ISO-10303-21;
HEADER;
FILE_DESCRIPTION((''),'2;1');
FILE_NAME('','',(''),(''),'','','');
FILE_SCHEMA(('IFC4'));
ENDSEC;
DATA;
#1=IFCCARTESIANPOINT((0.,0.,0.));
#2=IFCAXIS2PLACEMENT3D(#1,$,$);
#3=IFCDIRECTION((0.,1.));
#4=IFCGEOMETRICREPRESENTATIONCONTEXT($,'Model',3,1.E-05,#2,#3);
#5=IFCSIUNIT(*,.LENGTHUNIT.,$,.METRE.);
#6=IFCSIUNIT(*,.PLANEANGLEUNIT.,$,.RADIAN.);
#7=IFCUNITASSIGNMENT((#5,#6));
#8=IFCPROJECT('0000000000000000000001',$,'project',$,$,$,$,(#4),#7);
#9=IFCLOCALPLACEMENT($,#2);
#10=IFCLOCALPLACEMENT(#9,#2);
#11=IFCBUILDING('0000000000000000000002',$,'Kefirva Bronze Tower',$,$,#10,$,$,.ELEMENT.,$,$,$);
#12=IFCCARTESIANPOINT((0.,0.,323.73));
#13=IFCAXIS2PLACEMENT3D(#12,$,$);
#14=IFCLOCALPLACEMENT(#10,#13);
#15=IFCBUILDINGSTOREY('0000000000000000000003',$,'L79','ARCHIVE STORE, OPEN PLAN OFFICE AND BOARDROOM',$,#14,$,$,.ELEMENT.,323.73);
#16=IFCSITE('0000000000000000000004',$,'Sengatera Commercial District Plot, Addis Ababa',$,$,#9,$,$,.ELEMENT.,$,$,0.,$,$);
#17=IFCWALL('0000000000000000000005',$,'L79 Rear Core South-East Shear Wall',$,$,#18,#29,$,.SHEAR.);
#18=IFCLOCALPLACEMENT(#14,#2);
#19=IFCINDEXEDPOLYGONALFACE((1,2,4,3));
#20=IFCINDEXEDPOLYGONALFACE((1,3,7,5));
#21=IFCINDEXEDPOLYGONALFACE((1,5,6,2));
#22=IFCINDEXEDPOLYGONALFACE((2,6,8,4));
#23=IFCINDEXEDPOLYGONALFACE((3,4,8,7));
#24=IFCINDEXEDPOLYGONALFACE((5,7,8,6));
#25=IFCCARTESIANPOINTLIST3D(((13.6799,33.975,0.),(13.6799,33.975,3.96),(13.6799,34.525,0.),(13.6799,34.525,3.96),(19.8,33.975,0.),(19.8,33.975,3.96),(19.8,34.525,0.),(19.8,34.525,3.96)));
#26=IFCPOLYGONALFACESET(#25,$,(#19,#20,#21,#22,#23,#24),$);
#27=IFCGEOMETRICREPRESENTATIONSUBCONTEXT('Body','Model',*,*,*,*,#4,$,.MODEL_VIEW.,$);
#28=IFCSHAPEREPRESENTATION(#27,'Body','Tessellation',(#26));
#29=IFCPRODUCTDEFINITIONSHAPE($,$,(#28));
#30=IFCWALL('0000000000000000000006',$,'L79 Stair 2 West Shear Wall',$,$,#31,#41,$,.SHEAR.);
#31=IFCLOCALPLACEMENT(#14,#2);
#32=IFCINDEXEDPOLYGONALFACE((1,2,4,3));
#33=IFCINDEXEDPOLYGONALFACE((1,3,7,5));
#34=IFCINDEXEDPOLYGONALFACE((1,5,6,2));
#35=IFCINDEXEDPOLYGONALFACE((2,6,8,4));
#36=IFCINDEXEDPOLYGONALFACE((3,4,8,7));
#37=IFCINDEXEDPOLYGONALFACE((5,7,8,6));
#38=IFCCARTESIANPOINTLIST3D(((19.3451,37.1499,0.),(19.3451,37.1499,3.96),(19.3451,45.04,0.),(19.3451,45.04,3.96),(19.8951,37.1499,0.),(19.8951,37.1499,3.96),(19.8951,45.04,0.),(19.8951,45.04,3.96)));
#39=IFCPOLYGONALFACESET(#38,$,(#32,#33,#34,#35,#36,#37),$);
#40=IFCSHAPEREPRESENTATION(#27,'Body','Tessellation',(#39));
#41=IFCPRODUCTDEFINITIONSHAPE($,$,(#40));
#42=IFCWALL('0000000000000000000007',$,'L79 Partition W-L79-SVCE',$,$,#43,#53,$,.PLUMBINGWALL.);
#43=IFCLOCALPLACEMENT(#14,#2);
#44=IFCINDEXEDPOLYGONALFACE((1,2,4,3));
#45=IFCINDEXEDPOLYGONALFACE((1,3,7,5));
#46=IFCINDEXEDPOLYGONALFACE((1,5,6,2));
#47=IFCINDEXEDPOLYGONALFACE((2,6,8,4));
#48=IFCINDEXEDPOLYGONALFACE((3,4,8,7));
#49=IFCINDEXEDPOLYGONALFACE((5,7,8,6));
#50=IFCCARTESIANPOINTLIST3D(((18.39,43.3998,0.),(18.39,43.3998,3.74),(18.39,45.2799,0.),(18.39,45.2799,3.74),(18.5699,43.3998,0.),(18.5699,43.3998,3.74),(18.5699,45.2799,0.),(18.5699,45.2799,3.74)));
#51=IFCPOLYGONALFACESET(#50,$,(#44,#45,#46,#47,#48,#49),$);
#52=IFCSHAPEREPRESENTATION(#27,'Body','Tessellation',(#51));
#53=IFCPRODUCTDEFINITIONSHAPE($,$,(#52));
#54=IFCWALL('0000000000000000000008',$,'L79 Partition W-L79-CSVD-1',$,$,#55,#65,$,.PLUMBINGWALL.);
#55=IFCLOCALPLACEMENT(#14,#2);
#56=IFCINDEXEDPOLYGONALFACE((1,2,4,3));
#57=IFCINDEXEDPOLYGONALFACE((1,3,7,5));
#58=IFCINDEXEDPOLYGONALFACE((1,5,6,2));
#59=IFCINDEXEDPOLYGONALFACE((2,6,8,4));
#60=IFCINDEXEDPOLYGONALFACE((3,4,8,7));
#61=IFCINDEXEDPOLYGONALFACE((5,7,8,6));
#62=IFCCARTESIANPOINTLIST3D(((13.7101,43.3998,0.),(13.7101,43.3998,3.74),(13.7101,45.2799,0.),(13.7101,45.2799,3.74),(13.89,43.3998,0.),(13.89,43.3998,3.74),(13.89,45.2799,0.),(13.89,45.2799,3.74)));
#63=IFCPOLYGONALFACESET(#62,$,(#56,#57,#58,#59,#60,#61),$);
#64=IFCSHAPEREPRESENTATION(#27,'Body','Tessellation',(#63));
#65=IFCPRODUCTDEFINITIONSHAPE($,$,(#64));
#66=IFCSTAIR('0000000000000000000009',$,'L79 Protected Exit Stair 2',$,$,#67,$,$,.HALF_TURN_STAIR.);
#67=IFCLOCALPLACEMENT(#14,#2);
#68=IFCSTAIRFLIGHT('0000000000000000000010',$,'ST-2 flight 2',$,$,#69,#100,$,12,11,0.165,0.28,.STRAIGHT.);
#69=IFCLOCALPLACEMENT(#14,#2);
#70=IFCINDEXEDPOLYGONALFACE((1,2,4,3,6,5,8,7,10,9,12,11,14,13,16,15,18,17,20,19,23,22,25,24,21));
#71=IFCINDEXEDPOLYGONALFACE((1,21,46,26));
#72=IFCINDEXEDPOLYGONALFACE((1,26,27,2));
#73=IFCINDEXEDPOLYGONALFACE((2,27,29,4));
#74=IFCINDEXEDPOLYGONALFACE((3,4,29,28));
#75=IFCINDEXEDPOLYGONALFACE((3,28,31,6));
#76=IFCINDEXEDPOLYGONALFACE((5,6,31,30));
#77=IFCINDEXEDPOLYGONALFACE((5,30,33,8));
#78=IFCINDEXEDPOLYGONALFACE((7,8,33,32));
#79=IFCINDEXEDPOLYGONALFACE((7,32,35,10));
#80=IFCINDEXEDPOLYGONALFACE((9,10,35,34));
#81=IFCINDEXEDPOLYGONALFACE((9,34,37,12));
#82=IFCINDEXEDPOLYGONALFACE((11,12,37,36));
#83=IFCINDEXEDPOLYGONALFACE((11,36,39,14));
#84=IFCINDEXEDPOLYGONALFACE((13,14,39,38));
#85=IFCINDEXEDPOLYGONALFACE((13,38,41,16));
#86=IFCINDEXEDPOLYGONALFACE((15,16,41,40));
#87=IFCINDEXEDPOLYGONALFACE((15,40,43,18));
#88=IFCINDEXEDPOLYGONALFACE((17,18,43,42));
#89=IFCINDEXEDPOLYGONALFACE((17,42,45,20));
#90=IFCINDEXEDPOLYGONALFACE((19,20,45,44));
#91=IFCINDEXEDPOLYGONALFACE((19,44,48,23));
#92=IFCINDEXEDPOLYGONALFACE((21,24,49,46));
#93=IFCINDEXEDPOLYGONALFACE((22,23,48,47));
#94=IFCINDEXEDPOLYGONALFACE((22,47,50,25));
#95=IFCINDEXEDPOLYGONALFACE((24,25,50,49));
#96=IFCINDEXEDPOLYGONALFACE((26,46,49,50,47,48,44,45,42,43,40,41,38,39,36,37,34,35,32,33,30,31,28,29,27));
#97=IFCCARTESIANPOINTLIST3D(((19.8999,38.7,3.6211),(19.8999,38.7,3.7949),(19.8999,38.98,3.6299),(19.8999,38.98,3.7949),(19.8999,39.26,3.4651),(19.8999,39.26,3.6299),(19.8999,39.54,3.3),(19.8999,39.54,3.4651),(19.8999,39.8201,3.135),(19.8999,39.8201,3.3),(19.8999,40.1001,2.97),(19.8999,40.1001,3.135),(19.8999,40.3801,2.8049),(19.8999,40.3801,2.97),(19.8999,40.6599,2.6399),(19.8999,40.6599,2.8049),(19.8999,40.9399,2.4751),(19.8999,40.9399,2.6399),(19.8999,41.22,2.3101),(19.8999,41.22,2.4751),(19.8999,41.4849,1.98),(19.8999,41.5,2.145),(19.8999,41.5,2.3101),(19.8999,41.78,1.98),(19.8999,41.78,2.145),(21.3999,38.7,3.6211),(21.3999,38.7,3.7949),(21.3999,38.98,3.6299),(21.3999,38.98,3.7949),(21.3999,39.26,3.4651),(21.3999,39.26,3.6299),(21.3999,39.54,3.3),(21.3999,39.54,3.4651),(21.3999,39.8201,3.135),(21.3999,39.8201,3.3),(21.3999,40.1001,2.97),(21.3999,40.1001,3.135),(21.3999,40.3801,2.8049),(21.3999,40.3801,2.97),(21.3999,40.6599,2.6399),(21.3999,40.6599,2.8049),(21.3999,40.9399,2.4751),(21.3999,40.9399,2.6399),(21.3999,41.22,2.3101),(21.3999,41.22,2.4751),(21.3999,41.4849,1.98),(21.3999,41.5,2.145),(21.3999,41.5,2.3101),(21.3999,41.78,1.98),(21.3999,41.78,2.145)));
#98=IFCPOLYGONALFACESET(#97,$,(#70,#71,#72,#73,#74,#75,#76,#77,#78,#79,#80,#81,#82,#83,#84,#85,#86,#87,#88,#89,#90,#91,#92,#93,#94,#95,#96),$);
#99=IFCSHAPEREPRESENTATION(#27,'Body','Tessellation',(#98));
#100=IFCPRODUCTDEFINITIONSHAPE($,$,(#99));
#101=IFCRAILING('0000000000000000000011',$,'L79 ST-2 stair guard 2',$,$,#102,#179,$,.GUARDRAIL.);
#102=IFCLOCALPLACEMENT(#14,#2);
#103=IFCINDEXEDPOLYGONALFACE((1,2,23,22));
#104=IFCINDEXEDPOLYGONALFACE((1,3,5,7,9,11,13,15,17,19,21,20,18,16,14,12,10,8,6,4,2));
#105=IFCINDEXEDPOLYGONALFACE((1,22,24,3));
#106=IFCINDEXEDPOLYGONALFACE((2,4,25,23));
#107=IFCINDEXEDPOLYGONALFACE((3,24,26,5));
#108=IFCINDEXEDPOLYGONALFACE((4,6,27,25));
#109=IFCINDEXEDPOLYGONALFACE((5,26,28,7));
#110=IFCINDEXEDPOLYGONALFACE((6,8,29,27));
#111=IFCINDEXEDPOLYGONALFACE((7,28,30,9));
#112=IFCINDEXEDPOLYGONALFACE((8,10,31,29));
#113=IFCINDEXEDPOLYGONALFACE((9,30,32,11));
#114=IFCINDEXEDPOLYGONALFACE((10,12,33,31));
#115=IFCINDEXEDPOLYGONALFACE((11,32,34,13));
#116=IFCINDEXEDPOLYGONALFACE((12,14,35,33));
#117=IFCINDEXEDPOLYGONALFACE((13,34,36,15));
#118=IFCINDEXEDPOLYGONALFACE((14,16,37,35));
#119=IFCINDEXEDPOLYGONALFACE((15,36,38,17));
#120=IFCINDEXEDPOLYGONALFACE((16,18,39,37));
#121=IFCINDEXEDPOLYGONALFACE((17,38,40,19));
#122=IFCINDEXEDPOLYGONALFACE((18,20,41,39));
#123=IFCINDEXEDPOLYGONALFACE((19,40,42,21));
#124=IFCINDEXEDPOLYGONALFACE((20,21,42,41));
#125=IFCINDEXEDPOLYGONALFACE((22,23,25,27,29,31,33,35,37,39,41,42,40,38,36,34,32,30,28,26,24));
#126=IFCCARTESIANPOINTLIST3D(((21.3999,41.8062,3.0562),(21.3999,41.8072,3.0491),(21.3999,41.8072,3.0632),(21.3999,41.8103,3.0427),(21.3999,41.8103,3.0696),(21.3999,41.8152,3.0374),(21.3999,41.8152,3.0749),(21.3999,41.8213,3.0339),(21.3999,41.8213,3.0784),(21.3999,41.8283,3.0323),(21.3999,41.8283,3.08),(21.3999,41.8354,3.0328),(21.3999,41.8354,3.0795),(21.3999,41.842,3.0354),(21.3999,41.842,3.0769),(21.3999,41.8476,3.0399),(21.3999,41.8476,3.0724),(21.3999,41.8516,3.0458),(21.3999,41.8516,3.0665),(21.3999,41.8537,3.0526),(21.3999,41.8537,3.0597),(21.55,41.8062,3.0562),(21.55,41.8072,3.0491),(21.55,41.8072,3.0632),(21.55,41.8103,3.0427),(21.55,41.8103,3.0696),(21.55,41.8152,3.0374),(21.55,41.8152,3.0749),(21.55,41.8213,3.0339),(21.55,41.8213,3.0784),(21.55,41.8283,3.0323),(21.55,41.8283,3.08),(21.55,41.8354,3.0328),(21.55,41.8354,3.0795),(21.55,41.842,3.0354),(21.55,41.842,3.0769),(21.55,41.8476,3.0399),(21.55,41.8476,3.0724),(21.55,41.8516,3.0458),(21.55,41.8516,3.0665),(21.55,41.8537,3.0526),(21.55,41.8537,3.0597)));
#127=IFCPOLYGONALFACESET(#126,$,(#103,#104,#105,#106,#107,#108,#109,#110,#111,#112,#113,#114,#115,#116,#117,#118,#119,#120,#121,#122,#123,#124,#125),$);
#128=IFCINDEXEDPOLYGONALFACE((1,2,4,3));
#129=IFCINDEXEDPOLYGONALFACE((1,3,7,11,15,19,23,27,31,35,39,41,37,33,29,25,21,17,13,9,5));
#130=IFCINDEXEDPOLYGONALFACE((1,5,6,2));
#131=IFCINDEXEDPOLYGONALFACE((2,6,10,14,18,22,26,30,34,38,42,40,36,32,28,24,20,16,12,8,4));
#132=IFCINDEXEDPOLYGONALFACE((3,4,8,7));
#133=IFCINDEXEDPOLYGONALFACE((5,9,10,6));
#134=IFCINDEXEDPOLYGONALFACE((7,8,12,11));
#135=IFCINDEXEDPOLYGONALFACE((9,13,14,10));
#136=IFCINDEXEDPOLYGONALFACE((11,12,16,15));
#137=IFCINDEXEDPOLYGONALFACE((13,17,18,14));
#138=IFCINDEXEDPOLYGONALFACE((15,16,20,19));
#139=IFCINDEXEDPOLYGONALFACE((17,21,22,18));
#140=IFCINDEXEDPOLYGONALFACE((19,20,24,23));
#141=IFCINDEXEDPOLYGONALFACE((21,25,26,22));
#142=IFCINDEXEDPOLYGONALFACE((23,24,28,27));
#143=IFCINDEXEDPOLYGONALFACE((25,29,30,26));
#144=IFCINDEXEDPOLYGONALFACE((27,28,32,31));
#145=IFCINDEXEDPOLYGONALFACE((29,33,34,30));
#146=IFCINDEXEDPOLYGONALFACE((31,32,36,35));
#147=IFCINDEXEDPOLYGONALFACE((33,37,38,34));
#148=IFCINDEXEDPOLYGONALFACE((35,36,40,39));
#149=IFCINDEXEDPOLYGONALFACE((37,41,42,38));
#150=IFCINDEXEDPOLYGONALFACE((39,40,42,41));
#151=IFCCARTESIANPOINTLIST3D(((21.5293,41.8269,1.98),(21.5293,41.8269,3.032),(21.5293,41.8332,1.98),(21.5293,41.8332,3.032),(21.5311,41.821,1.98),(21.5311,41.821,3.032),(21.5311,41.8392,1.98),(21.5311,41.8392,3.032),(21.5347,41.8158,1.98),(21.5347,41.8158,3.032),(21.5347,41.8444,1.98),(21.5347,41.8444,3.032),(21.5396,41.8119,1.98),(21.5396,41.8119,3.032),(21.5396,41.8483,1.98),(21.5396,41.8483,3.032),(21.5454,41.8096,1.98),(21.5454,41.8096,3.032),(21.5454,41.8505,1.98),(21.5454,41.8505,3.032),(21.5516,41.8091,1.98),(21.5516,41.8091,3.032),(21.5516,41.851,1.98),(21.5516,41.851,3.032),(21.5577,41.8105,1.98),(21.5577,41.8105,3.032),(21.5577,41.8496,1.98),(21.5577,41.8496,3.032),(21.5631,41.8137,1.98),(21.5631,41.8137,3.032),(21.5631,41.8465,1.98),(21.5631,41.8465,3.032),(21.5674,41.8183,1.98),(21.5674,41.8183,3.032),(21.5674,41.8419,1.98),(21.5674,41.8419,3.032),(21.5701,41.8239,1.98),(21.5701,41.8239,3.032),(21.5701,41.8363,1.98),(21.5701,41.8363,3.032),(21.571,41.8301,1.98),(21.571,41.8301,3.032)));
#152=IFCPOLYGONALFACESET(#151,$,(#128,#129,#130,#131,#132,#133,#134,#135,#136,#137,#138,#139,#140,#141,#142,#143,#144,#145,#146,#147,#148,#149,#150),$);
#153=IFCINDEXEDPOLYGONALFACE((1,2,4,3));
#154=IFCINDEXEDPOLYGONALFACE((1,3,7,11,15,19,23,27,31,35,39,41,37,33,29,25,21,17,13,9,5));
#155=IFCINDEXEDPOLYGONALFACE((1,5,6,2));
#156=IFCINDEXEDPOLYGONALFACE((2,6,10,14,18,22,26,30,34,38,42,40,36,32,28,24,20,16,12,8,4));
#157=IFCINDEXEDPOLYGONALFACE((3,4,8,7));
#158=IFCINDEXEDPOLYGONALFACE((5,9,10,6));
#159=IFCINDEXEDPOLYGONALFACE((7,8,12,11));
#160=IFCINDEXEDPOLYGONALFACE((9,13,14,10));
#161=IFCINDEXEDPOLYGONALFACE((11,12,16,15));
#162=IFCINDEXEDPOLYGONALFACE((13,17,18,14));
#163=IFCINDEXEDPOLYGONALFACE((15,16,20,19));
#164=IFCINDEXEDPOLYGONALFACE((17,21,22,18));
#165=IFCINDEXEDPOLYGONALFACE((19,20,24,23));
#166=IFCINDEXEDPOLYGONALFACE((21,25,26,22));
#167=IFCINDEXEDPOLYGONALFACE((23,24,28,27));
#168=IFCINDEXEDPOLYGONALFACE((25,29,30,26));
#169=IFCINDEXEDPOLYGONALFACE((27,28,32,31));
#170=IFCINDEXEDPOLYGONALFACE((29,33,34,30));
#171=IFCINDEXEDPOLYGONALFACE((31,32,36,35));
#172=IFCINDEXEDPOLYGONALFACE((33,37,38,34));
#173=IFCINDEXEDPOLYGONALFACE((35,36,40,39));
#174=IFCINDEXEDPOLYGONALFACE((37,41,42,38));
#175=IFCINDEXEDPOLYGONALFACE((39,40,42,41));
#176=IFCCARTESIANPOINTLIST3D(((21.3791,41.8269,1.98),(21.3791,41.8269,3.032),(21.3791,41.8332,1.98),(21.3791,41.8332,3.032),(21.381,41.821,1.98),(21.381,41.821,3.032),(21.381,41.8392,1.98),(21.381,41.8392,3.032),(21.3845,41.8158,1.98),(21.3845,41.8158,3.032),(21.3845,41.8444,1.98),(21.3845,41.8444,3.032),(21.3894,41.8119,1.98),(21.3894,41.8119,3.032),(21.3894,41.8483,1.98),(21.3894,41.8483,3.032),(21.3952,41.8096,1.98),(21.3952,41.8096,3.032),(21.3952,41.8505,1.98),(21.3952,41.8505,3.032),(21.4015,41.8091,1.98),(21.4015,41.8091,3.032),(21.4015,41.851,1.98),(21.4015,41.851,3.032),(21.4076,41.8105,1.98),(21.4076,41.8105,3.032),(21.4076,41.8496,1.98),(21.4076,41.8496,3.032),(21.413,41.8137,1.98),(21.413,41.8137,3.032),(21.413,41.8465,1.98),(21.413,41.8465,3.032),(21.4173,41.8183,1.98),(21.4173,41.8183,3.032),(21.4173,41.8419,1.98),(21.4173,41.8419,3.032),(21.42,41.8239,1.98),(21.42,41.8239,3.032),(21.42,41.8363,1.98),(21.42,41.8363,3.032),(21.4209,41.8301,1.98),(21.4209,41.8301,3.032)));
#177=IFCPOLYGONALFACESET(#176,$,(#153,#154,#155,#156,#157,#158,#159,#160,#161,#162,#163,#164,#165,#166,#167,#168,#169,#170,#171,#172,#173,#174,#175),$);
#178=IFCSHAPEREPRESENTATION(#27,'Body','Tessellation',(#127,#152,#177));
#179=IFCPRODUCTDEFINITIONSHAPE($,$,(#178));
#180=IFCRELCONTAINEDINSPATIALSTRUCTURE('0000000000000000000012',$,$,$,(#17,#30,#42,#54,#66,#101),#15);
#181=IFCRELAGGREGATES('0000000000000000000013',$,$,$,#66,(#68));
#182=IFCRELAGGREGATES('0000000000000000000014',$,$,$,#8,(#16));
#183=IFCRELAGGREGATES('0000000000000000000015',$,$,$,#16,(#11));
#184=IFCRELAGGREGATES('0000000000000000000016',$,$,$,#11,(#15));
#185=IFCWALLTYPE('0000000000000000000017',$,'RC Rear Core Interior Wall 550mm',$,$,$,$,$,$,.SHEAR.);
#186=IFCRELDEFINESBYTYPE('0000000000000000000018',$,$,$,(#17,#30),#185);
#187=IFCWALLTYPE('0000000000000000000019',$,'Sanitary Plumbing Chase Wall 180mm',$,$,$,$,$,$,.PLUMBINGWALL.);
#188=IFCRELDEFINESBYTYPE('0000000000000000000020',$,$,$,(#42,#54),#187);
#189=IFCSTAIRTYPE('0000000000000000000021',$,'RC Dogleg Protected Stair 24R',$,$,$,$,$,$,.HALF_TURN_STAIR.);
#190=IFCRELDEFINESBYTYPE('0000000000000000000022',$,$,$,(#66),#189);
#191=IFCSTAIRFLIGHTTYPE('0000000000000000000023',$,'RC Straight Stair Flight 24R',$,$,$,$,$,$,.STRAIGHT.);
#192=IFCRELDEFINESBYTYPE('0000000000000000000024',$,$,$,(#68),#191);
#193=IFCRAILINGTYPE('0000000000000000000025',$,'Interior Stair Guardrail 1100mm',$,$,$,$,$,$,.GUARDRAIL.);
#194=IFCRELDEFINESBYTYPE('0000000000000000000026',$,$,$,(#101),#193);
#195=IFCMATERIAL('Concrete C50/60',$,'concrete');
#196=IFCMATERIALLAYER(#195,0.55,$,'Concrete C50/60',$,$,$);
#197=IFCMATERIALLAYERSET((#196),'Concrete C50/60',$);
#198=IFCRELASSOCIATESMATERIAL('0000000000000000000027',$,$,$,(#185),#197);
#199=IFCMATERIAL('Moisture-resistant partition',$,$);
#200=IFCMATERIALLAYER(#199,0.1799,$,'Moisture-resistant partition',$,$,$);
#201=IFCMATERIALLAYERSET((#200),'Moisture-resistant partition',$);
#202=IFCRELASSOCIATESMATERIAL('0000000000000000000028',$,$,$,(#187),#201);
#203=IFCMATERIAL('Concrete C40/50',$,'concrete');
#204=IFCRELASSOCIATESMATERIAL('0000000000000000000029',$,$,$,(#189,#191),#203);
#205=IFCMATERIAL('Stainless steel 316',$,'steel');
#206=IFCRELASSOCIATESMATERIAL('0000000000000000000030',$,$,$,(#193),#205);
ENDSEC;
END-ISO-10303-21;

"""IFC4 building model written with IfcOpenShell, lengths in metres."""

from ifc_helpers import new_model, si_unit, direction, frame, frame_2d, origin, origin_2d, place, context, subcontext, project, spatial, polyline, rectangle, circle, outline, extrude, material, layer, layer_set, type_object, element, aggregate, save


model = new_model("IFC4")

# Units and contexts
model_context = context("Model", 3, precision=1e-05, world=origin(), true_north=direction((0.0, 1.0)))
body_context = subcontext(model_context, "Body", "Model", "MODEL_VIEW")
ifc_project = project(units=[si_unit("LENGTHUNIT", "METRE"), si_unit("PLANEANGLEUNIT", "RADIAN")], contexts=[model_context])

# Site, building, storey
site_placement = place(None, origin())
site = spatial("IfcSite", under=ifc_project, at=site_placement, Name="Sengatera Commercial District Plot, Addis Ababa", CompositionType="ELEMENT", RefElevation=0.0)
building_placement = place(site_placement, origin())
building = spatial("IfcBuilding", under=site, at=building_placement, Name="Kefirva Bronze Tower", CompositionType="ELEMENT")
storey_placement = place(building_placement, frame((0.0, 0.0, 323.73)))
storey = spatial("IfcBuildingStorey", under=building, at=storey_placement, Name="L79", Description="ARCHIVE STORE, OPEN PLAN OFFICE AND BOARDROOM", CompositionType="ELEMENT", Elevation=323.73)

# Shared definitions
ifc_material_1 = material(Name="Concrete C50/60", Category="concrete")

# Shared definitions
ifc_material_2 = material(Name="Stainless steel 316", Category="steel")

# Walls
ifc_layer_1 = layer(ifc_material_1, 0.55, Name="Concrete C50/60")
ifc_layer_set_1 = layer_set([ifc_layer_1], Name="Concrete C50/60")
wall_type_1 = type_object("IfcWallType", Name="RC Rear Core Interior Wall 550mm", PredefinedType="SHEAR", material=ifc_layer_set_1)
wall_1_placement = place(storey_placement, frame((13.6799, 34.25, 0.0), z_axis=(0.0, 0.0, 1.0), x_axis=(1.0, 0.0, 0.0)))
element("IfcWall", 1, at=wall_1_placement, inside=storey, type_object=wall_type_1, Name="L79 Rear Core South-East Shear Wall", PredefinedType="SHEAR", context=body_context, shape_type="SweptSolid", body=[
    extrude(rectangle(XDim=6.1201, YDim=0.55, at=frame_2d((3.0601, 0.0))), origin(), (0.0, 0.0, 1.0), 3.96),
])
wall_2_placement = place(storey_placement, frame((19.6201, 37.1499, 0.0), z_axis=(0.0, 0.0, 1.0), x_axis=(0.0, 1.0, 0.0)))
element("IfcWall", 2, at=wall_2_placement, inside=storey, type_object=wall_type_1, Name="L79 Stair 2 West Shear Wall", PredefinedType="SHEAR", context=body_context, shape_type="SweptSolid", body=[
    extrude(rectangle(XDim=7.8901, YDim=0.55, at=frame_2d((3.9451, 0.0))), origin(), (0.0, 0.0, 1.0), 3.96),
])
ifc_material_3 = material(Name="Moisture-resistant partition")
ifc_layer_2 = layer(ifc_material_3, 0.1799, Name="Moisture-resistant partition")
ifc_layer_set_2 = layer_set([ifc_layer_2], Name="Moisture-resistant partition")
wall_type_2 = type_object("IfcWallType", Name="Sanitary Plumbing Chase Wall 180mm", PredefinedType="PLUMBINGWALL", material=ifc_layer_set_2)
for number, where, z_axis, x_axis, name in (
    (3, (18.48, 43.3999, 0.0), (0.0, 0.0, 1.0), (0.0, 1.0, 0.0), "L79 Partition W-L79-SVCE"),
    (4, (13.8, 43.3999, 0.0), (0.0, 0.0, 1.0), (0.0, 1.0, 0.0), "L79 Partition W-L79-CSVD-1"),
):
    element("IfcWall", number, at=place(storey_placement, frame(where, z_axis=z_axis, x_axis=x_axis)), inside=storey, type_object=wall_type_2, Name=name, PredefinedType="PLUMBINGWALL", context=body_context, shape_type="SweptSolid", body=[
        extrude(rectangle(XDim=1.8801, YDim=0.1799, at=frame_2d((0.9399, 0.0))), origin(), (0.0, 0.0, 1.0), 3.74),
    ])

# Stair, stair flight
ifc_material_4 = material(Name="Concrete C40/50", Category="concrete")
stair_type = type_object("IfcStairType", Name="RC Dogleg Protected Stair 24R", PredefinedType="HALF_TURN_STAIR", material=ifc_material_4)
stair_placement = place(storey_placement, origin())
stair = element("IfcStair", 5, at=stair_placement, inside=storey, type_object=stair_type, Name="L79 Protected Exit Stair 2", PredefinedType="HALF_TURN_STAIR")
stair_flight_type = type_object("IfcStairFlightType", Name="RC Straight Stair Flight 24R", PredefinedType="STRAIGHT", material=ifc_material_4)
stair_flight_placement = place(storey_placement, frame((20.6499, 41.78, 1.98), z_axis=(0.0, 0.0, 1.0), x_axis=(0.0, -1.0, 0.0)))
stair_flight = element("IfcStairFlight", 6, at=stair_flight_placement, type_object=stair_flight_type, Name="ST-2 flight 2", NumberOfRisers=12, NumberOfTreads=11, PredefinedType="STRAIGHT", RiserHeight=0.165, TreadLength=0.28, context=body_context, shape_type="SweptSolid", body=[
    extrude(outline(polyline([(0.0, 0.0), (0.0, 0.165), (0.28, 0.165), (0.28, 0.3301), (0.5601, 0.3301), (0.5601, 0.4951), (0.8401, 0.4951), (0.8401, 0.6599), (1.1201, 0.6599), (1.1201, 0.825), (1.3999, 0.825), (1.3999, 0.99), (1.6799, 0.99), (1.6799, 1.155), (1.96, 1.155), (1.96, 1.3201), (2.24, 1.3201), (2.24, 1.4851), (2.52, 1.4851), (2.52, 1.6499), (2.8, 1.6499), (2.8, 1.8149), (3.0801, 1.8149), (3.0801, 1.98), (3.0801, 1.6411), (0.2952, 0.0), (0.0, 0.0)])), frame((0.0, 0.75, 0.0), z_axis=(0.0, -1.0, 0.0), x_axis=(1.0, 0.0, 0.0)), (0.0, 0.0, 1.0), 1.5),
])
aggregate(stair, [stair_flight])

# Railing
railing_type_1 = type_object("IfcRailingType", Name="Interior Stair Guardrail 1100mm", PredefinedType="GUARDRAIL", material=ifc_material_2)
railing_1_placement = place(storey_placement, frame((21.55, 41.8301, 1.98)))
element("IfcRailing", 7, at=railing_1_placement, inside=storey, type_object=railing_type_1, Name="L79 ST-2 stair guard 2", PredefinedType="GUARDRAIL", context=body_context, shape_type="SweptSolid", body=[
    extrude(circle(Radius=0.0239, at=origin_2d()), frame((0.0, 0.0, 1.0762), z_axis=(-1.0, 0.0, 0.0), x_axis=(0.0, -1.0, 0.0)), (0.0, 0.0, 1.0), 0.1501),
    extrude(circle(Radius=0.021, at=origin_2d()), origin(), (0.0, 0.0, 1.0), 1.052),
    extrude(circle(Radius=0.021, at=origin_2d()), frame((-0.1501, 0.0, 0.0)), (0.0, 0.0, 1.0), 1.052),
])

save(model, "model.ifc")
